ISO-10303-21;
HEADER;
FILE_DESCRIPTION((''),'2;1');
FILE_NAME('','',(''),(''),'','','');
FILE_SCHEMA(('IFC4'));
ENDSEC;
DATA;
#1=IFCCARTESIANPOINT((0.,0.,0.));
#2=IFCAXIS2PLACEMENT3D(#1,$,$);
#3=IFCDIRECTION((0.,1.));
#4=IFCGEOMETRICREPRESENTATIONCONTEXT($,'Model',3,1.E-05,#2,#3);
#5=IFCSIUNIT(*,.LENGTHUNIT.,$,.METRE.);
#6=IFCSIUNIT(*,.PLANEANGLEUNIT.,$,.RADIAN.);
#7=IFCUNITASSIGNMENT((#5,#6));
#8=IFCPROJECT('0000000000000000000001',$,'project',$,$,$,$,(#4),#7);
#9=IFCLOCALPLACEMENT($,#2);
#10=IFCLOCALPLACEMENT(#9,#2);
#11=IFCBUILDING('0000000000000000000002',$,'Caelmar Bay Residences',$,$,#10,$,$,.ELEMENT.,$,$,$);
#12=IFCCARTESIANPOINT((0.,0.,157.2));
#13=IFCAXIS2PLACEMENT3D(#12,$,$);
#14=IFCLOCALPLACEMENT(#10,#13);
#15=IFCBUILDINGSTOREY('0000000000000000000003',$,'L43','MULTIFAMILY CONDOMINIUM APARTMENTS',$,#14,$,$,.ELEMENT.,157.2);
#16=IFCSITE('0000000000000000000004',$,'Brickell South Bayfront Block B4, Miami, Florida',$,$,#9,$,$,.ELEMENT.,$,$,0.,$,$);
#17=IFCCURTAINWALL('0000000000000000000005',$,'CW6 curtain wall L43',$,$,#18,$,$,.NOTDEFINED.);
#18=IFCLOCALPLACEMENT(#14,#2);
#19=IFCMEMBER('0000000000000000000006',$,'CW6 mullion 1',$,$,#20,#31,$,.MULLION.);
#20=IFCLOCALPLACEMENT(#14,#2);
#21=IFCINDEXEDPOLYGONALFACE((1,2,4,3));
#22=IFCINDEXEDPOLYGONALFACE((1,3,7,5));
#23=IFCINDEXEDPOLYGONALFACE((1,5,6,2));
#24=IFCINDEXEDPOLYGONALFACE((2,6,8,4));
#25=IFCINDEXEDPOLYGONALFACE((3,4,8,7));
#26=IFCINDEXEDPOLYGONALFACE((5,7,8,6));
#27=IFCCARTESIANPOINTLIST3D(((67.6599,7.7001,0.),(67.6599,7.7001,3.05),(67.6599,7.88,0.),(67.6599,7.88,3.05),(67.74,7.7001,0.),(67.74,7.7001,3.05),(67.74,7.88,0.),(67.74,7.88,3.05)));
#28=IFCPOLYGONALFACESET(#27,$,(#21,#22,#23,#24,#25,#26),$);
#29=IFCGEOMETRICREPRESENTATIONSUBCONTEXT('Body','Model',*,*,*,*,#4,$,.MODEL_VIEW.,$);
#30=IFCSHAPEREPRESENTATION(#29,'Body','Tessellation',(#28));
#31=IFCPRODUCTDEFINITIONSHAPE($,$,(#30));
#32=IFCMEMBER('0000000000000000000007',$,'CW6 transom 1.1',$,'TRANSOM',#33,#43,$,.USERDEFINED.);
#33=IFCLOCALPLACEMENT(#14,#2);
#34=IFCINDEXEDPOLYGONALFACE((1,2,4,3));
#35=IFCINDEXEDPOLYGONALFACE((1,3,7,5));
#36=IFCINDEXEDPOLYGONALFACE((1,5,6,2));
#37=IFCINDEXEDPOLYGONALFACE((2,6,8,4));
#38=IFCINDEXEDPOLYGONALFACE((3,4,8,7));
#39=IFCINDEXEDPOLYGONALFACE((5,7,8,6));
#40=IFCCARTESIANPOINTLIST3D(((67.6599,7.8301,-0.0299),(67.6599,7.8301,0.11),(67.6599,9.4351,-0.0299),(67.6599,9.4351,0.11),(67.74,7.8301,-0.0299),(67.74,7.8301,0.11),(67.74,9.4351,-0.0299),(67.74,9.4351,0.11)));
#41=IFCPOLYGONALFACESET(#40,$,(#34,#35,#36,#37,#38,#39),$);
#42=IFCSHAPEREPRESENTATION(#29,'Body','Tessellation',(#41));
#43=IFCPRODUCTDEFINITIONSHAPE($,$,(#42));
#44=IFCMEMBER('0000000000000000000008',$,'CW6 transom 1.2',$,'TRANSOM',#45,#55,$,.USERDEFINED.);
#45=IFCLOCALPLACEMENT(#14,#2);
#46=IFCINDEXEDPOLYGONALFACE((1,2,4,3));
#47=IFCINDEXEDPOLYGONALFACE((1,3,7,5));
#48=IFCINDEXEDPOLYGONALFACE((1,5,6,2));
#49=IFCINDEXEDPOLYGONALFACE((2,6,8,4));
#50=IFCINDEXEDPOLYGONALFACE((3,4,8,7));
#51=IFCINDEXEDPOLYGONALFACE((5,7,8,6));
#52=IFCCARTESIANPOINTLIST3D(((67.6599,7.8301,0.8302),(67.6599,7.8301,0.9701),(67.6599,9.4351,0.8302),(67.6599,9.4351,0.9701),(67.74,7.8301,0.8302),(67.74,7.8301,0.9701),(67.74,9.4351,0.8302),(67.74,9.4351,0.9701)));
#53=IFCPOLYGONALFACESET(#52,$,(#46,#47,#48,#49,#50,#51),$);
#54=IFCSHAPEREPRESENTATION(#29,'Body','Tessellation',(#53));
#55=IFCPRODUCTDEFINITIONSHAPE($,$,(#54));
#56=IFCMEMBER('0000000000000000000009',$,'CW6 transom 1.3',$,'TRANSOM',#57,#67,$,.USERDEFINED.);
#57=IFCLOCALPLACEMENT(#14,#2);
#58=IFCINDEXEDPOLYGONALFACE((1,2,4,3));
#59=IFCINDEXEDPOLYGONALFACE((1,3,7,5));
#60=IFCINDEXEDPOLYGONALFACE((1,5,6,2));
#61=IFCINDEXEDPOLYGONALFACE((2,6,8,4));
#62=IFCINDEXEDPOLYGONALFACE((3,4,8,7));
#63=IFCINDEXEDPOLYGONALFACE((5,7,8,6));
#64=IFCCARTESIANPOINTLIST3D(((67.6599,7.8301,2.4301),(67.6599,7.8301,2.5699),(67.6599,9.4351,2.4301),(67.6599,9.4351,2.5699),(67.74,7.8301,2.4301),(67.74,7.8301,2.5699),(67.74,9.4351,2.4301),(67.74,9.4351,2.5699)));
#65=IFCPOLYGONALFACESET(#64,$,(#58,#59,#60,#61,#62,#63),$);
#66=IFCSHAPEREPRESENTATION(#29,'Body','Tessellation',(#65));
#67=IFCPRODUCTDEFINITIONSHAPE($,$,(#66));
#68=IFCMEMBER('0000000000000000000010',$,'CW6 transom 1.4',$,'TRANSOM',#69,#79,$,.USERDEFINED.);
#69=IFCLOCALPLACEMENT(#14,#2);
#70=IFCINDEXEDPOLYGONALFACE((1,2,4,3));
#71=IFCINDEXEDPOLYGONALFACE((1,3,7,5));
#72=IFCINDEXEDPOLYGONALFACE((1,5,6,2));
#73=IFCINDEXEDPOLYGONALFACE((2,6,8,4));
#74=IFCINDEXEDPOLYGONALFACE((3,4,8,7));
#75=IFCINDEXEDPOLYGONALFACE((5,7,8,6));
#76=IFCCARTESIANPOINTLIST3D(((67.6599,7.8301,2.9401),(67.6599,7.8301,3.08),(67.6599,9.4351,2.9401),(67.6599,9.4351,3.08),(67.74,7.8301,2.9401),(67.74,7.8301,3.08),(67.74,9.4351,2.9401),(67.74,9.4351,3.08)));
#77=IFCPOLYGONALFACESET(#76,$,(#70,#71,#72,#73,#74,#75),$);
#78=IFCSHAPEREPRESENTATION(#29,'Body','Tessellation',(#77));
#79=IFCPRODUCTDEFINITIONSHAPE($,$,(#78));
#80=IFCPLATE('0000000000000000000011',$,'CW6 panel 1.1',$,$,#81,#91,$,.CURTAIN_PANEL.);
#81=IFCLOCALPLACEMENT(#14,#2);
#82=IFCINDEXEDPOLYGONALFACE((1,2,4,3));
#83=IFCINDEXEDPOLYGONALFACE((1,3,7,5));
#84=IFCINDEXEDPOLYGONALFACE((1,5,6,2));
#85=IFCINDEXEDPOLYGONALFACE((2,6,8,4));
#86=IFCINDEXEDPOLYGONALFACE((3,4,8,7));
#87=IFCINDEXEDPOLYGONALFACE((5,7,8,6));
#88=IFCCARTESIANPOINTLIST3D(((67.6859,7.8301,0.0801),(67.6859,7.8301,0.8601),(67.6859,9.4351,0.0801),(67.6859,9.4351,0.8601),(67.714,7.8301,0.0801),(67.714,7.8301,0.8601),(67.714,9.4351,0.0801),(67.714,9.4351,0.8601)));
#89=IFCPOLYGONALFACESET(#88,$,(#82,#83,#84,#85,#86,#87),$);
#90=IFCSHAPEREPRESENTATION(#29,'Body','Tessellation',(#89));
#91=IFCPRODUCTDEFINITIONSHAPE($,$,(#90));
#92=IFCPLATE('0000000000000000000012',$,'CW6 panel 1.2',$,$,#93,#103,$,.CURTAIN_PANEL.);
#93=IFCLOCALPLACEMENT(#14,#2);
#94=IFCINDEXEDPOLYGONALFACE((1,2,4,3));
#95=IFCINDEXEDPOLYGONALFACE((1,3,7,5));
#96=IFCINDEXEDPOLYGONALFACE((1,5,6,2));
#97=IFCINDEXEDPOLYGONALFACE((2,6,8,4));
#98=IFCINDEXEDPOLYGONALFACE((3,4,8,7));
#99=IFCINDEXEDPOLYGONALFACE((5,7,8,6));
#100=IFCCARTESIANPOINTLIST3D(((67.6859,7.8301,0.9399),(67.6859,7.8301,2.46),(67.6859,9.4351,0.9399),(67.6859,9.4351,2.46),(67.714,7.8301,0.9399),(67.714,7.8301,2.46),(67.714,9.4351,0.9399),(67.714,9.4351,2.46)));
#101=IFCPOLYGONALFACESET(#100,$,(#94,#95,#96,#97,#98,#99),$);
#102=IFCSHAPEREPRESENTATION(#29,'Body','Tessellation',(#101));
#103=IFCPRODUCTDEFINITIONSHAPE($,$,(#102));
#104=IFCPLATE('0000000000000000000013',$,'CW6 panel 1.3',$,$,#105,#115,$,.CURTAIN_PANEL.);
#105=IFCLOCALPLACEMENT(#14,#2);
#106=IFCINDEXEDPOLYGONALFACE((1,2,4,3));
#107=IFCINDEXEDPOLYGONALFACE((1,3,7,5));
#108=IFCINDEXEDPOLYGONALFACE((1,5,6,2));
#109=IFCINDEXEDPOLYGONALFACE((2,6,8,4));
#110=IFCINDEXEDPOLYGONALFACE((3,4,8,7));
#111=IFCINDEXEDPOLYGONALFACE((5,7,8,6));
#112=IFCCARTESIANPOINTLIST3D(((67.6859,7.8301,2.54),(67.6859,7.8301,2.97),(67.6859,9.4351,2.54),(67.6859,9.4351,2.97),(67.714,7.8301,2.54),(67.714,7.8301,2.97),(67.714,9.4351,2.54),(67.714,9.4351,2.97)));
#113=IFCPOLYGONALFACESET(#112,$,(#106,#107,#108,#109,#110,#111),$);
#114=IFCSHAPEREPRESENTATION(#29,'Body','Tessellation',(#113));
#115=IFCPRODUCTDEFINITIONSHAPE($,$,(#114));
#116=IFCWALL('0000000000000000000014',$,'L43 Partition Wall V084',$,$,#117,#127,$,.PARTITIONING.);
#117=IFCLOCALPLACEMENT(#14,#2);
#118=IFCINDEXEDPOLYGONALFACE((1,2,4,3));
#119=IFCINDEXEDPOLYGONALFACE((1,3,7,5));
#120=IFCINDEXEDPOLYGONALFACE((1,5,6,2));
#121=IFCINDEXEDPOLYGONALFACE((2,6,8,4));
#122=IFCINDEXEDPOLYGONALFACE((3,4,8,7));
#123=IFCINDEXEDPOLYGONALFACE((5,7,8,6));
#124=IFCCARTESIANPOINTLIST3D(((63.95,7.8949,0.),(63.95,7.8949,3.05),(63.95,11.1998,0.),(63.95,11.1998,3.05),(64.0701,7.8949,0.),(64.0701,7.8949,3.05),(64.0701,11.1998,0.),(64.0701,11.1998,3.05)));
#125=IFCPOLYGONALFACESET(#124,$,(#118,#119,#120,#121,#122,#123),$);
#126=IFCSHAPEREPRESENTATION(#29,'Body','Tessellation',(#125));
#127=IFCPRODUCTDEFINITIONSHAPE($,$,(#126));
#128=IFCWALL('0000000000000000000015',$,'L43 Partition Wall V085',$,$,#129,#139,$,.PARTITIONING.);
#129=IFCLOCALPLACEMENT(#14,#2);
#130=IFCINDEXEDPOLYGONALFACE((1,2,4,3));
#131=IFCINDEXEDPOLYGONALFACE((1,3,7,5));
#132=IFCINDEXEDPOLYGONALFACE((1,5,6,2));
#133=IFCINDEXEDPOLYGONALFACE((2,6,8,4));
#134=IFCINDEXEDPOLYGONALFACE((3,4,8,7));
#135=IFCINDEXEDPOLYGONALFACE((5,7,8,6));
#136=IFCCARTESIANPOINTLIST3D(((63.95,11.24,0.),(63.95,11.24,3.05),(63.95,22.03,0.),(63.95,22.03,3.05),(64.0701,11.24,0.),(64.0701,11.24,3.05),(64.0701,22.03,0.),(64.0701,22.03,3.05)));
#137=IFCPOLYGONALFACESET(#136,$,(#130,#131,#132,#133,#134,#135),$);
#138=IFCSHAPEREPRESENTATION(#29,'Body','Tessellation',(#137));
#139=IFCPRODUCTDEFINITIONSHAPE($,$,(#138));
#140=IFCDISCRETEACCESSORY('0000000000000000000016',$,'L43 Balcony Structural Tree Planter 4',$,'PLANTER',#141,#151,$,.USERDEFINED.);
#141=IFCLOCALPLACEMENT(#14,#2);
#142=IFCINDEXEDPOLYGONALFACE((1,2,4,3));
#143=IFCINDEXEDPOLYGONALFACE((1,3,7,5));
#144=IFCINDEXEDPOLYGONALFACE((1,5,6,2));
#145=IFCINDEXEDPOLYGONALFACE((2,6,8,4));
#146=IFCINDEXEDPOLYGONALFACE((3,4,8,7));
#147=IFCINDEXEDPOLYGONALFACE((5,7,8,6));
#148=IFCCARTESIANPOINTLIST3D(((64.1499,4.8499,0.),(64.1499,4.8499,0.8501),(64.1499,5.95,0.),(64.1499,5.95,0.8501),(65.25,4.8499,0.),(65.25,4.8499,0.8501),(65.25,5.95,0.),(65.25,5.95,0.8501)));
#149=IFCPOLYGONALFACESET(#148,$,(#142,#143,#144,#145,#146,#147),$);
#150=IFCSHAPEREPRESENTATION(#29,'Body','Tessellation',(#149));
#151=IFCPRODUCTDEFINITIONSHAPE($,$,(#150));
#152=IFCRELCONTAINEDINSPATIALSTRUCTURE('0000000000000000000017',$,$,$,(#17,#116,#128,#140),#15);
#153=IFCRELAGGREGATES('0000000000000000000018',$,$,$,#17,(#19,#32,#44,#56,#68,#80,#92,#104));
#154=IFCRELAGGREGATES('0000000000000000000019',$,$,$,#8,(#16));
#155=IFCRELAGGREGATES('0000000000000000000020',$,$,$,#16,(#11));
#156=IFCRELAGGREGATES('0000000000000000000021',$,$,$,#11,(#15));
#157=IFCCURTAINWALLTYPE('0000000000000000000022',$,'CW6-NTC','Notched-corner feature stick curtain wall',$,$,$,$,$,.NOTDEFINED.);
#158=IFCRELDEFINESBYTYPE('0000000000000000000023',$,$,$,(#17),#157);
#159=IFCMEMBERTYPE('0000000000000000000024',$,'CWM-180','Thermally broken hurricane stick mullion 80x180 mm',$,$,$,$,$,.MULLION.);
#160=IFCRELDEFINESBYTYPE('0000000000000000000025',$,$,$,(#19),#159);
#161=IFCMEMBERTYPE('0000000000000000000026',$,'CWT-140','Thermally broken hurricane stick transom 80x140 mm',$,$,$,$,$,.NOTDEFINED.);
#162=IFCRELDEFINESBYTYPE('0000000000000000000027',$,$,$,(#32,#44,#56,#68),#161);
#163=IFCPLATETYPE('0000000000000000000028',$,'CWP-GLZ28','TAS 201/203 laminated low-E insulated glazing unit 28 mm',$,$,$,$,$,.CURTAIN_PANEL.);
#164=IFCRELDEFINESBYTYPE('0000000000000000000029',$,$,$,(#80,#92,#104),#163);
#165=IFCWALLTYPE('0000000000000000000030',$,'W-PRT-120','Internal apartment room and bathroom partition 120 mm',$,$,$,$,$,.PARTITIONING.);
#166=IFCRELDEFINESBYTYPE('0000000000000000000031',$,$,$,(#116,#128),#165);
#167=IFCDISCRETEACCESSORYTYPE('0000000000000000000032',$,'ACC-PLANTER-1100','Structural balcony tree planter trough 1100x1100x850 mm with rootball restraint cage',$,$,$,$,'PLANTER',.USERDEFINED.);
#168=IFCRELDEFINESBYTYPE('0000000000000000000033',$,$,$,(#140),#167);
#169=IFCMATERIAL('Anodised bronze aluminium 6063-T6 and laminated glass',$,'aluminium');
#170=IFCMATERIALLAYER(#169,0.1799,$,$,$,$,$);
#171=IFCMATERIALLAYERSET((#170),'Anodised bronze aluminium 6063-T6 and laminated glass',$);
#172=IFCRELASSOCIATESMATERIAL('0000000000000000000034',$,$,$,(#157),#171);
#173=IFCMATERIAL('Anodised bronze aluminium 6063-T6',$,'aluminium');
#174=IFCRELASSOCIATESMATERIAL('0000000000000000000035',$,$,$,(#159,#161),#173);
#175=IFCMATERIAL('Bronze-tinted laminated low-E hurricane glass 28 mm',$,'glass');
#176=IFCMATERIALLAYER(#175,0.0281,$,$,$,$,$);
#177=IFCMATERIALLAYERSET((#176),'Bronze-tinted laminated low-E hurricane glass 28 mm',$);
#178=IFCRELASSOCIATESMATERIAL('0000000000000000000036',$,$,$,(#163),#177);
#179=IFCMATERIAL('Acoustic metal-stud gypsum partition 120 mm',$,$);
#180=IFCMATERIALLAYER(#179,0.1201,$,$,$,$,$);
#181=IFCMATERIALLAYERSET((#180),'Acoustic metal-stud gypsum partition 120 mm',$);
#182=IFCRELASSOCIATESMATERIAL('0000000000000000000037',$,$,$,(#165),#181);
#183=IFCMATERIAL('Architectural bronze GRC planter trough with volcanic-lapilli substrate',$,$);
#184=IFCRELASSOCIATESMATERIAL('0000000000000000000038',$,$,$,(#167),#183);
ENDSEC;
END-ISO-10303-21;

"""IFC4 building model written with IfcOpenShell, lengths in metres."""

from ifc_helpers import new_model, si_unit, direction, frame, frame_2d, origin, origin_2d, place, context, subcontext, project, spatial, rectangle, extrude, material, layer, layer_set, material_profile, profile_set, type_object, element, aggregate, save


model = new_model("IFC4")

# Units and contexts
model_context = context("Model", 3, precision=1e-05, world=origin(), true_north=direction((0.0, 1.0)))
body_context = subcontext(model_context, "Body", "Model", "MODEL_VIEW")
ifc_project = project(units=[si_unit("LENGTHUNIT", "METRE"), si_unit("PLANEANGLEUNIT", "RADIAN")], contexts=[model_context])

# Site, building, storey
site_placement = place(None, origin())
site = spatial("IfcSite", under=ifc_project, at=site_placement, Name="Brickell South Bayfront Block B4, Miami, Florida", CompositionType="ELEMENT", RefElevation=0.0)
building_placement = place(site_placement, origin())
building = spatial("IfcBuilding", under=site, at=building_placement, Name="Caelmar Bay Residences", CompositionType="ELEMENT")
storey_placement = place(building_placement, frame((0.0, 0.0, 157.2)))
storey = spatial("IfcBuildingStorey", under=building, at=storey_placement, Name="L43", Description="MULTIFAMILY CONDOMINIUM APARTMENTS", CompositionType="ELEMENT", Elevation=157.2)

# Curtain wall, members, plates
ifc_material_1 = material(Name="Anodised bronze aluminium 6063-T6 and laminated glass", Category="aluminium")
ifc_layer_1 = layer(ifc_material_1, 0.1799)
ifc_layer_set_1 = layer_set([ifc_layer_1], Name="Anodised bronze aluminium 6063-T6 and laminated glass")
curtain_wall_type = type_object("IfcCurtainWallType", Name="CW6-NTC", Description="Notched-corner feature stick curtain wall", PredefinedType="NOTDEFINED", material=ifc_layer_set_1)
curtain_wall_placement = place(storey_placement, origin())
curtain_wall = element("IfcCurtainWall", 1, at=curtain_wall_placement, inside=storey, type_object=curtain_wall_type, Name="CW6 curtain wall L43", PredefinedType="NOTDEFINED")
ifc_material_2 = material(Name="Anodised bronze aluminium 6063-T6", Category="aluminium")
ifc_material_profile_1 = material_profile(ifc_material_2, rectangle(XDim=0.0801, YDim=0.1799, at=origin_2d()), Name="CWM-80X180")
ifc_profile_set_1 = profile_set([ifc_material_profile_1], Name="Anodised bronze aluminium 6063-T6")
member_type_1 = type_object("IfcMemberType", Name="CWM-180", Description="Thermally broken hurricane stick mullion 80x180 mm", PredefinedType="MULLION", material=ifc_profile_set_1)
member_1_placement = place(storey_placement, frame((67.7, 7.79, 0.0), z_axis=(0.0, 0.0, 1.0), x_axis=(-1.0, 0.0, 0.0)))
member_1 = element("IfcMember", 2, at=member_1_placement, type_object=member_type_1, Name="CW6 mullion 1", PredefinedType="MULLION", context=body_context, shape_type="SweptSolid", body=[
    extrude(rectangle(XDim=0.0801, YDim=0.1799, at=origin_2d()), origin(), (0.0, 0.0, 1.0), 3.05),
])
ifc_material_profile_2 = material_profile(ifc_material_2, rectangle(XDim=0.0801, YDim=0.1399, at=origin_2d()), Name="CWT-80X140")
ifc_profile_set_2 = profile_set([ifc_material_profile_2], Name="Anodised bronze aluminium 6063-T6")
member_type_2 = type_object("IfcMemberType", Name="CWT-140", Description="Thermally broken hurricane stick transom 80x140 mm", PredefinedType="NOTDEFINED", material=ifc_profile_set_2)
member_2_placement = place(storey_placement, frame((67.7, 7.8301, 0.04), z_axis=(0.0, 1.0, 0.0), x_axis=(-1.0, 0.0, 0.0)))
member_2 = element("IfcMember", 3, at=member_2_placement, type_object=member_type_2, Name="CW6 transom 1.1", ObjectType="TRANSOM", PredefinedType="USERDEFINED", context=body_context, shape_type="SweptSolid", body=[
    extrude(rectangle(XDim=0.0801, YDim=0.1399, at=origin_2d()), origin(), (0.0, 0.0, 1.0), 1.605),
])
member_3_placement = place(storey_placement, frame((67.7, 7.8301, 0.9001), z_axis=(0.0, 1.0, 0.0), x_axis=(-1.0, 0.0, 0.0)))
member_3 = element("IfcMember", 4, at=member_3_placement, type_object=member_type_2, Name="CW6 transom 1.2", ObjectType="TRANSOM", PredefinedType="USERDEFINED", context=body_context, shape_type="SweptSolid", body=[
    extrude(rectangle(XDim=0.0801, YDim=0.1399, at=origin_2d()), origin(), (0.0, 0.0, 1.0), 1.605),
])
member_4_placement = place(storey_placement, frame((67.7, 7.8301, 2.5), z_axis=(0.0, 1.0, 0.0), x_axis=(-1.0, 0.0, 0.0)))
member_4 = element("IfcMember", 5, at=member_4_placement, type_object=member_type_2, Name="CW6 transom 1.3", ObjectType="TRANSOM", PredefinedType="USERDEFINED", context=body_context, shape_type="SweptSolid", body=[
    extrude(rectangle(XDim=0.0801, YDim=0.1399, at=origin_2d()), origin(), (0.0, 0.0, 1.0), 1.605),
])
member_5_placement = place(storey_placement, frame((67.7, 7.8301, 3.01), z_axis=(0.0, 1.0, 0.0), x_axis=(-1.0, 0.0, 0.0)))
member_5 = element("IfcMember", 6, at=member_5_placement, type_object=member_type_2, Name="CW6 transom 1.4", ObjectType="TRANSOM", PredefinedType="USERDEFINED", context=body_context, shape_type="SweptSolid", body=[
    extrude(rectangle(XDim=0.0801, YDim=0.1399, at=origin_2d()), origin(), (0.0, 0.0, 1.0), 1.605),
])
ifc_material_3 = material(Name="Bronze-tinted laminated low-E hurricane glass 28 mm", Category="glass")
ifc_layer_2 = layer(ifc_material_3, 0.0281)
ifc_layer_set_2 = layer_set([ifc_layer_2], Name="Bronze-tinted laminated low-E hurricane glass 28 mm")
plate_type = type_object("IfcPlateType", Name="CWP-GLZ28", Description="TAS 201/203 laminated low-E insulated glazing unit 28 mm", PredefinedType="CURTAIN_PANEL", material=ifc_layer_set_2)
plate_1_placement = place(storey_placement, frame((67.7, 8.6326, 0.0801), z_axis=(0.0, 0.0, 1.0), x_axis=(0.0, 1.0, 0.0)))
plate_1 = element("IfcPlate", 7, at=plate_1_placement, type_object=plate_type, Name="CW6 panel 1.1", PredefinedType="CURTAIN_PANEL", context=body_context, shape_type="SweptSolid", body=[
    extrude(rectangle(XDim=1.605, YDim=0.0281, at=origin_2d()), origin(), (0.0, 0.0, 1.0), 0.78),
])
plate_2_placement = place(storey_placement, frame((67.7, 8.6326, 0.9399), z_axis=(0.0, 0.0, 1.0), x_axis=(0.0, 1.0, 0.0)))
plate_2 = element("IfcPlate", 8, at=plate_2_placement, type_object=plate_type, Name="CW6 panel 1.2", PredefinedType="CURTAIN_PANEL", context=body_context, shape_type="SweptSolid", body=[
    extrude(rectangle(XDim=1.605, YDim=0.0281, at=origin_2d()), origin(), (0.0, 0.0, 1.0), 1.52),
])
plate_3_placement = place(storey_placement, frame((67.7, 8.6326, 2.54), z_axis=(0.0, 0.0, 1.0), x_axis=(0.0, 1.0, 0.0)))
plate_3 = element("IfcPlate", 9, at=plate_3_placement, type_object=plate_type, Name="CW6 panel 1.3", PredefinedType="CURTAIN_PANEL", context=body_context, shape_type="SweptSolid", body=[
    extrude(rectangle(XDim=1.605, YDim=0.0281, at=origin_2d()), origin(), (0.0, 0.0, 1.0), 0.4299),
])
aggregate(curtain_wall, [member_1, member_2, member_3, member_4, member_5, plate_1, plate_2, plate_3])

# Walls
ifc_material_4 = material(Name="Acoustic metal-stud gypsum partition 120 mm")
ifc_layer_3 = layer(ifc_material_4, 0.1201)
ifc_layer_set_3 = layer_set([ifc_layer_3], Name="Acoustic metal-stud gypsum partition 120 mm")
wall_type_1 = type_object("IfcWallType", Name="W-PRT-120", Description="Internal apartment room and bathroom partition 120 mm", PredefinedType="PARTITIONING", material=ifc_layer_set_3)
wall_1_placement = place(storey_placement, frame((64.01, 7.895, 0.0), z_axis=(0.0, 0.0, 1.0), x_axis=(0.0, 1.0, 0.0)))
element("IfcWall", 10, at=wall_1_placement, inside=storey, type_object=wall_type_1, Name="L43 Partition Wall V084", PredefinedType="PARTITIONING", context=body_context, shape_type="SweptSolid", body=[
    extrude(rectangle(XDim=3.3049, YDim=0.1201, at=frame_2d((1.6523, 0.0))), origin(), (0.0, 0.0, 1.0), 3.05),
])
wall_2_placement = place(storey_placement, frame((64.01, 11.24, 0.0), z_axis=(0.0, 0.0, 1.0), x_axis=(0.0, 1.0, 0.0)))
element("IfcWall", 11, at=wall_2_placement, inside=storey, type_object=wall_type_1, Name="L43 Partition Wall V085", PredefinedType="PARTITIONING", context=body_context, shape_type="SweptSolid", body=[
    extrude(rectangle(XDim=10.79, YDim=0.1201, at=frame_2d((5.395, 0.0))), origin(), (0.0, 0.0, 1.0), 3.05),
])

# Discrete accessory
ifc_material_5 = material(Name="Architectural bronze GRC planter trough with volcanic-lapilli substrate")
discrete_accessory_type = type_object("IfcDiscreteAccessoryType", Name="ACC-PLANTER-1100", Description="Structural balcony tree planter trough 1100x1100x850 mm with rootball restraint cage", ElementType="PLANTER", PredefinedType="USERDEFINED", material=ifc_material_5)
discrete_accessory_placement = place(storey_placement, frame((64.7, 5.3999, 0.0), z_axis=(0.0, 0.0, 1.0), x_axis=(1.0, 0.0, 0.0)))
element("IfcDiscreteAccessory", 12, at=discrete_accessory_placement, inside=storey, type_object=discrete_accessory_type, Name="L43 Balcony Structural Tree Planter 4", ObjectType="PLANTER", PredefinedType="USERDEFINED", context=body_context, shape_type="SweptSolid", body=[
    extrude(rectangle(XDim=1.1001, YDim=1.1001, at=origin_2d()), origin(), (0.0, 0.0, 1.0), 0.8501),
])

save(model, "model.ifc")
